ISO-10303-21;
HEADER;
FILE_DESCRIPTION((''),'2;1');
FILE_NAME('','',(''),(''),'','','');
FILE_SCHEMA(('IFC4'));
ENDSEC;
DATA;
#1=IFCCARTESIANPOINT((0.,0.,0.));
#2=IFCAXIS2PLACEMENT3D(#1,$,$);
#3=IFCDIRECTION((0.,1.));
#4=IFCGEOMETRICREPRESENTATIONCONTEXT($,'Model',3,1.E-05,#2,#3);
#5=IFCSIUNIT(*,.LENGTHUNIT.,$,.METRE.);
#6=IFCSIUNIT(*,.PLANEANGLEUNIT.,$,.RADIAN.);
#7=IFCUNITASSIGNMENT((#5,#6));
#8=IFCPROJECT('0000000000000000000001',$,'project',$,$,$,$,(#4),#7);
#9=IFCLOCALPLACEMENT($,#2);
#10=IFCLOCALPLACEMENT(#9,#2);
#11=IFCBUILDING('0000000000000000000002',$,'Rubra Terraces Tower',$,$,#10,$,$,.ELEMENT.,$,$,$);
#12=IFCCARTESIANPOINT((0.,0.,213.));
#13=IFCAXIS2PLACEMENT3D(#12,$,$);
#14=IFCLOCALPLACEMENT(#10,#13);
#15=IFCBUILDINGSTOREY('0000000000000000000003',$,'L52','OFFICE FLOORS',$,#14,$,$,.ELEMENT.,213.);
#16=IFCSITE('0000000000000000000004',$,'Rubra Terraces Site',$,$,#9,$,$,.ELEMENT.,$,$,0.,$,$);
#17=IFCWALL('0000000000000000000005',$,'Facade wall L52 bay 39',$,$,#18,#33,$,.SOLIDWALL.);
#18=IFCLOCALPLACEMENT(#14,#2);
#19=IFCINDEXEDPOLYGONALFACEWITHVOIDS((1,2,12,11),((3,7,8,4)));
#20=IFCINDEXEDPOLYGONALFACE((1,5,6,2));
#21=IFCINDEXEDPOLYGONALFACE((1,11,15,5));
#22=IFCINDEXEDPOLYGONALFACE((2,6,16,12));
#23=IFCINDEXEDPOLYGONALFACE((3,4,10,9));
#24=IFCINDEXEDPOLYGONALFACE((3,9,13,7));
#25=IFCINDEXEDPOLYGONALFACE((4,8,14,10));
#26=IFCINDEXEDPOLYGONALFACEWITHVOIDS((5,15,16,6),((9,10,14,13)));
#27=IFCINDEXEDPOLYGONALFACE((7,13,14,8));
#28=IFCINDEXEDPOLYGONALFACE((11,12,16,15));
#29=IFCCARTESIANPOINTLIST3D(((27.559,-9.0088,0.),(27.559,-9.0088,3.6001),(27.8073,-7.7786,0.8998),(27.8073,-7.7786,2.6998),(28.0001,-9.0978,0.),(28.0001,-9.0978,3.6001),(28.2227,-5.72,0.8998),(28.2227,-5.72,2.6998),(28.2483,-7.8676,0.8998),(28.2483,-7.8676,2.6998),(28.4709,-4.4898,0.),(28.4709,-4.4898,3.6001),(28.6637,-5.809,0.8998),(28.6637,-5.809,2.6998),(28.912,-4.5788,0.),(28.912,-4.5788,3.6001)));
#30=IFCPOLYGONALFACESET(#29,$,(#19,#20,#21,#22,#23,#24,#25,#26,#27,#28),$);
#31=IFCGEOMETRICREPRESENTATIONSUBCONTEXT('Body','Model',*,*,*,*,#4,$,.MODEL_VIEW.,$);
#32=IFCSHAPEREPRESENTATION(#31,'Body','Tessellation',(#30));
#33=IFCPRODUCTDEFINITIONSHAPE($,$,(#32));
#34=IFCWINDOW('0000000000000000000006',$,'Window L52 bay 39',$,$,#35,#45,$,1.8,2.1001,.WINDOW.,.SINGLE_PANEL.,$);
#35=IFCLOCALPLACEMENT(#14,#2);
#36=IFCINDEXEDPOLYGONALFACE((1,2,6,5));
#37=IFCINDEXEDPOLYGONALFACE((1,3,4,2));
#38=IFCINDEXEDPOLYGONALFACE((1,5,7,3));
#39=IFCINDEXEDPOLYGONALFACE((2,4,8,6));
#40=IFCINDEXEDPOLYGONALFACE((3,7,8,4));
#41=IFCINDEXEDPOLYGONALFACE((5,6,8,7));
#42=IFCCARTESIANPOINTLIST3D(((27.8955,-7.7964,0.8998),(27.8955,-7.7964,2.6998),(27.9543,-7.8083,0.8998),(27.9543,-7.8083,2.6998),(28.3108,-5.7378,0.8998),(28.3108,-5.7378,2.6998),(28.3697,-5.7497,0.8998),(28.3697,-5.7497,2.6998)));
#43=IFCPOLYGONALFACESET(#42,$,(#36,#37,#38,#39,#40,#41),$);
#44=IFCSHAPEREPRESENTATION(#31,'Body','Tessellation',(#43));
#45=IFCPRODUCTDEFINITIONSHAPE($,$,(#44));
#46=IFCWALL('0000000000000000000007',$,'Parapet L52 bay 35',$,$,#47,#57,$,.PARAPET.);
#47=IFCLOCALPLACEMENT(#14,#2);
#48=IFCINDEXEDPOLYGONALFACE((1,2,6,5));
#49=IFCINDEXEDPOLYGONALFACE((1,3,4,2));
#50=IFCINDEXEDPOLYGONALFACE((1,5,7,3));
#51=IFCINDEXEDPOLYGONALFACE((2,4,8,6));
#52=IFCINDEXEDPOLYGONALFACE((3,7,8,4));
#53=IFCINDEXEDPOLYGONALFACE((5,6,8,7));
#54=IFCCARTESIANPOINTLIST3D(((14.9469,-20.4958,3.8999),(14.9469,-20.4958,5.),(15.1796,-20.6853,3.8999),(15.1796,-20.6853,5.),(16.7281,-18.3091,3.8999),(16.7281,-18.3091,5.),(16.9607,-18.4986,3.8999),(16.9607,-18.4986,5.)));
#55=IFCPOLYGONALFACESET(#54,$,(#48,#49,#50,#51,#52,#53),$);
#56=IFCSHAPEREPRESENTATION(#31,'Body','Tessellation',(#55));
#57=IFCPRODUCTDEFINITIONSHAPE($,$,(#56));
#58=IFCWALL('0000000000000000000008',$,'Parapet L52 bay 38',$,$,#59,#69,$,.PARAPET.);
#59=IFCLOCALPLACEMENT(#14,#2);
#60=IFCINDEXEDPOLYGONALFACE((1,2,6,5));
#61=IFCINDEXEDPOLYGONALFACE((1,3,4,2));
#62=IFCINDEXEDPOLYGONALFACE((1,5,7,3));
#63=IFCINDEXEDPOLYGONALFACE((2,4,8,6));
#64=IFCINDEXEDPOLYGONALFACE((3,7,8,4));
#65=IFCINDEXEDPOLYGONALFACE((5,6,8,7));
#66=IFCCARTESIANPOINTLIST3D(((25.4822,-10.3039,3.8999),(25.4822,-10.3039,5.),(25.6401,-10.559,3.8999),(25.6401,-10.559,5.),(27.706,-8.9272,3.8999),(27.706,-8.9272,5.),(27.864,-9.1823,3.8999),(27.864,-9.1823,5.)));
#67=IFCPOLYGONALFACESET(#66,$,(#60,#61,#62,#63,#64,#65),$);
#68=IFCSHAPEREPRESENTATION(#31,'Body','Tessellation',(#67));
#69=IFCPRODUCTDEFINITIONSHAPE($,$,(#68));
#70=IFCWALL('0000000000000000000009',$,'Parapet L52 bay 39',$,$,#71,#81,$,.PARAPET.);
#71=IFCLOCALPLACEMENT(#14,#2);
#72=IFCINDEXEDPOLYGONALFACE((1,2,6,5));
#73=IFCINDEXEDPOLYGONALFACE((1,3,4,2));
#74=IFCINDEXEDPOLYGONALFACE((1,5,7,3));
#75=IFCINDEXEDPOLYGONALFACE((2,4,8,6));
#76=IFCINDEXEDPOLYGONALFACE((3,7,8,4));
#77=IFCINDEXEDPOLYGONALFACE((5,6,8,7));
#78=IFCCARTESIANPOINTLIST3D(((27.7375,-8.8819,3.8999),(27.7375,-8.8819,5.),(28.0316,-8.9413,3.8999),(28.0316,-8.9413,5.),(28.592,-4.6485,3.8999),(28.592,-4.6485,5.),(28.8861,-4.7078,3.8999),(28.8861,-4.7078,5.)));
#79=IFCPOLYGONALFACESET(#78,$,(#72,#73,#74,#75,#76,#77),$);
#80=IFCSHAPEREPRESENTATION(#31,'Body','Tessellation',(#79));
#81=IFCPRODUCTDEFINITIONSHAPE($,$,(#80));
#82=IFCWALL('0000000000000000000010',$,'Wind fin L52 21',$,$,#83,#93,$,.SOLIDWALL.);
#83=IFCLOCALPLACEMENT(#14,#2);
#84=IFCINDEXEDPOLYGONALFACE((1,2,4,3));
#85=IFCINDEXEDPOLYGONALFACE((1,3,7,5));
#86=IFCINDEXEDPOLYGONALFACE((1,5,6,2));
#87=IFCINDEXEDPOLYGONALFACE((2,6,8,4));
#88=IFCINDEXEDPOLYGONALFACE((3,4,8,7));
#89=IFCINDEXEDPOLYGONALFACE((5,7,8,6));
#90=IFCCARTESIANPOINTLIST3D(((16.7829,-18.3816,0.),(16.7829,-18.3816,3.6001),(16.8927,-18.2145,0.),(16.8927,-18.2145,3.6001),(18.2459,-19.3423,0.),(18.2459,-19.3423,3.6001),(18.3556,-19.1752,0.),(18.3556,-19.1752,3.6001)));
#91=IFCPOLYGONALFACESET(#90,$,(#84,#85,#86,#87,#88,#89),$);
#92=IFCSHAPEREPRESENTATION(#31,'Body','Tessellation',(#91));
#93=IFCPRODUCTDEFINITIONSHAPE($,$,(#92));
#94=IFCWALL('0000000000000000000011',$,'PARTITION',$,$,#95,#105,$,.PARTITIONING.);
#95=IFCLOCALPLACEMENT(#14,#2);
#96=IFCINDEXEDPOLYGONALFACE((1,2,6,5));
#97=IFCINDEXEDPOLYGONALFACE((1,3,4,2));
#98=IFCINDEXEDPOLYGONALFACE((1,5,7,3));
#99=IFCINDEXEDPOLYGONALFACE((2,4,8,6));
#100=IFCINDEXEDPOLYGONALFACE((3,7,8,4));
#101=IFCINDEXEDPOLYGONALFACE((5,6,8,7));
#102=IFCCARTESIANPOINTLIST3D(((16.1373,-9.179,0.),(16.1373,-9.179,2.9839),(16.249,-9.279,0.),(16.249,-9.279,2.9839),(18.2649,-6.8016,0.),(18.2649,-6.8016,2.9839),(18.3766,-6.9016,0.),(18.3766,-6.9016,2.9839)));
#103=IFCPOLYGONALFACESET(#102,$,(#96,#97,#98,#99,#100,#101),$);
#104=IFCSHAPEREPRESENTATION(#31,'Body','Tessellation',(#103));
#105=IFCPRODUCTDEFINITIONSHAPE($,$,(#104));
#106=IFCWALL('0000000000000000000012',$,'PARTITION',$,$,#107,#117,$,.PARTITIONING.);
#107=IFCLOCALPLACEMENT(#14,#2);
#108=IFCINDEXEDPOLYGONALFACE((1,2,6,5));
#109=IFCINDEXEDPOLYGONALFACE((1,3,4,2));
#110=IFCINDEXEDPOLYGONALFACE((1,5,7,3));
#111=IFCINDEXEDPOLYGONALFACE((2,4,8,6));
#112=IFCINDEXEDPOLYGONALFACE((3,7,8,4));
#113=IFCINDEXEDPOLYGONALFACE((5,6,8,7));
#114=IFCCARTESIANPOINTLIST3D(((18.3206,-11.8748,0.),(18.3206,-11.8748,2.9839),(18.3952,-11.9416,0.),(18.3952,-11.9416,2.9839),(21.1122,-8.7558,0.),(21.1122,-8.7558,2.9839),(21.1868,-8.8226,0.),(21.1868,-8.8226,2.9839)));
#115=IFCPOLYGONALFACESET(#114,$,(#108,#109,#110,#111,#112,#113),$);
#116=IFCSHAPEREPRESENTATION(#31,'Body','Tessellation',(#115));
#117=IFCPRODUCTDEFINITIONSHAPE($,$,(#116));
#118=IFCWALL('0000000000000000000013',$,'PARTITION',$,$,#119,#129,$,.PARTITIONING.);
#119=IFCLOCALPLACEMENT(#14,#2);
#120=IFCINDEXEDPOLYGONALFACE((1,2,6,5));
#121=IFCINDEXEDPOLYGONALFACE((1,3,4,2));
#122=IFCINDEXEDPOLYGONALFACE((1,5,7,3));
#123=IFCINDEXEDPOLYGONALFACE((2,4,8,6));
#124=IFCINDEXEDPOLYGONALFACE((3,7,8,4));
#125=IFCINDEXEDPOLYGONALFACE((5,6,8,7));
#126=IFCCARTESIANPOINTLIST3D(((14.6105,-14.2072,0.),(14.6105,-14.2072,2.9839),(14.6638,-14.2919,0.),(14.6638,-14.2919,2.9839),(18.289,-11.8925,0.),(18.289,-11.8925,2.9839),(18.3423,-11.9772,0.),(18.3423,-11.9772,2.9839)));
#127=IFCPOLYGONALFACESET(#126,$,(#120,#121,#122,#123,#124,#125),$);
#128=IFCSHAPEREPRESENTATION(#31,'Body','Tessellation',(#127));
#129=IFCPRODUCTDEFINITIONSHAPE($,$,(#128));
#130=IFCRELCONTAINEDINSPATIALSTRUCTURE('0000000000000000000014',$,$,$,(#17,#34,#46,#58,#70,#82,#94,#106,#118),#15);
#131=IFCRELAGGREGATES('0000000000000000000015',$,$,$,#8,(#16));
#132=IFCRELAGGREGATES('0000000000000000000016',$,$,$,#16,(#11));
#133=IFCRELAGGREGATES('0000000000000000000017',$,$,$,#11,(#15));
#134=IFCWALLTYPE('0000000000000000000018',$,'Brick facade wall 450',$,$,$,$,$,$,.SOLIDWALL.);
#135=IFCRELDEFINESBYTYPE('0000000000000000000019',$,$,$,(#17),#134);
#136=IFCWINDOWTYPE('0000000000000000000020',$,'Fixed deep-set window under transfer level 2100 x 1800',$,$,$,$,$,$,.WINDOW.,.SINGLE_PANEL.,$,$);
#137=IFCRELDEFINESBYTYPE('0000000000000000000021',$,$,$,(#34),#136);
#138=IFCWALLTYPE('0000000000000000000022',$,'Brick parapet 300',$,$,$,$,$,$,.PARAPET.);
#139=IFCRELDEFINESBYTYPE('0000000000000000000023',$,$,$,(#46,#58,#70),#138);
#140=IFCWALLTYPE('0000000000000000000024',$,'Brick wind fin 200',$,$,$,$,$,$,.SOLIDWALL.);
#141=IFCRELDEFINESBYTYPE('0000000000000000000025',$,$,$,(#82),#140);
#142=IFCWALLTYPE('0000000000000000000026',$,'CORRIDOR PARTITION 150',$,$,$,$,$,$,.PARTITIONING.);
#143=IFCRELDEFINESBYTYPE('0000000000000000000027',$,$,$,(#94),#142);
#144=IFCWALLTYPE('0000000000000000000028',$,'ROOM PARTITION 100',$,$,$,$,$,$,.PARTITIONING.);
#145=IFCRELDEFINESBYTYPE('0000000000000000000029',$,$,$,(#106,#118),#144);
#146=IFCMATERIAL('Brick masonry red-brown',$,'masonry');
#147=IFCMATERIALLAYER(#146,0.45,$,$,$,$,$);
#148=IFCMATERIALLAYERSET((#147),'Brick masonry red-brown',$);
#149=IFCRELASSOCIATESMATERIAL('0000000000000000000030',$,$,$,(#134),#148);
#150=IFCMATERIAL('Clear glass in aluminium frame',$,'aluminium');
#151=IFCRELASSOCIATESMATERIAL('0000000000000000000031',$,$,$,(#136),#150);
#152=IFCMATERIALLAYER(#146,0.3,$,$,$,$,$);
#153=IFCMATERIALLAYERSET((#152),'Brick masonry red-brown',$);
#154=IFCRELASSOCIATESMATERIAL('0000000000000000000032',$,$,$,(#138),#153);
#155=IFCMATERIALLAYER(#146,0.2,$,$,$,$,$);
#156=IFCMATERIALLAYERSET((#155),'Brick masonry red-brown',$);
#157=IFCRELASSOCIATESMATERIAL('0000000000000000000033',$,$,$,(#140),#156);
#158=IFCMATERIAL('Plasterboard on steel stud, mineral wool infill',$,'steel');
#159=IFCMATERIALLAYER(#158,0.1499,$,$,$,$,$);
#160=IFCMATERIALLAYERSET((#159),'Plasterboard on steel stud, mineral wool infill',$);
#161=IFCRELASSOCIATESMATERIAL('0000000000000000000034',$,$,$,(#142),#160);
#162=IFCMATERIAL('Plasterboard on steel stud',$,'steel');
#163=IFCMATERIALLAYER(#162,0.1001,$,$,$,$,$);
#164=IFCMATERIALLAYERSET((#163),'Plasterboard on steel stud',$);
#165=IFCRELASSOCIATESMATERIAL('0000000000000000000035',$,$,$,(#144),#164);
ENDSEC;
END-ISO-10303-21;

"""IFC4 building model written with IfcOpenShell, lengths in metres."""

from ifc_helpers import new_model, si_unit, direction, frame, frame_2d, origin, place, context, subcontext, project, spatial, rectangle, extrude, material, layer, layer_set, type_object, element, fill, save


model = new_model("IFC4")

# Units and contexts
model_context = context("Model", 3, precision=1e-05, world=origin(), true_north=direction((0.0, 1.0)))
body_context = subcontext(model_context, "Body", "Model", "MODEL_VIEW")
ifc_project = project(units=[si_unit("LENGTHUNIT", "METRE"), si_unit("PLANEANGLEUNIT", "RADIAN")], contexts=[model_context])

# Site, building, storey
site_placement = place(None, origin())
site = spatial("IfcSite", under=ifc_project, at=site_placement, Name="Rubra Terraces Site", CompositionType="ELEMENT", RefElevation=0.0)
building_placement = place(site_placement, origin())
building = spatial("IfcBuilding", under=site, at=building_placement, Name="Rubra Terraces Tower", CompositionType="ELEMENT")
storey_placement = place(building_placement, frame((0.0, 0.0, 213.0)))
storey = spatial("IfcBuildingStorey", under=building, at=storey_placement, Name="L52", Description="OFFICE FLOORS", CompositionType="ELEMENT", Elevation=213.0)

# Wall, opening, window
ifc_material_1 = material(Name="Brick masonry red-brown", Category="masonry")
ifc_layer_1 = layer(ifc_material_1, 0.45)
ifc_layer_set_1 = layer_set([ifc_layer_1], Name="Brick masonry red-brown")
wall_type_1 = type_object("IfcWallType", Name="Brick facade wall 450", PredefinedType="SOLIDWALL", material=ifc_layer_set_1)
ifc_material_2 = material(Name="Clear glass in aluminium frame", Category="aluminium")
window_type = type_object("IfcWindowType", Name="Fixed deep-set window under transfer level 2100 x 1800", PartitioningType="SINGLE_PANEL", PredefinedType="WINDOW", material=ifc_material_2)
wall_1_placement = place(storey_placement, frame((27.7795, -9.0535, 0.0), z_axis=(0.0, 0.0, 1.0), x_axis=(0.197796, 0.980243, 0.0)))
wall_1 = element("IfcWall", 1, at=wall_1_placement, inside=storey, type_object=wall_type_1, Name="Facade wall L52 bay 39", PredefinedType="SOLIDWALL", context=body_context, shape_type="SweptSolid", body=[
    extrude(rectangle(XDim=4.6101, YDim=0.45, at=frame_2d((2.3052, 0.0))), origin(), (0.0, 0.0, 1.0), 3.6001),
])
opening_1_placement = place(wall_1_placement, frame((1.2551, 0.0, 0.8999)))
opening_1 = element("IfcOpeningElement", 2, at=opening_1_placement, cuts=wall_1, PredefinedType="OPENING", context=body_context, shape_type="SweptSolid", body=[
    extrude(rectangle(XDim=2.1001, YDim=1.8, at=frame_2d((1.05, 0.8999))), frame((0.0, 0.2349, 0.0), z_axis=(0.0, -1.0, 0.0), x_axis=(1.0, 0.0, 0.0)), (0.0, 0.0, 1.0), 0.47),
])
window_1_placement = place(opening_1_placement, origin())
window_1 = element("IfcWindow", 3, at=window_1_placement, inside=storey, type_object=window_type, Name="Window L52 bay 39", OverallHeight=1.8, OverallWidth=2.1001, PartitioningType="SINGLE_PANEL", PredefinedType="WINDOW", context=body_context, shape_type="SweptSolid", body=[
    extrude(rectangle(XDim=2.1001, YDim=1.8, at=frame_2d((1.05, 0.8999))), frame((0.0, 0.135, 0.0), z_axis=(0.0, -1.0, 0.0), x_axis=(1.0, 0.0, 0.0)), (0.0, 0.0, 1.0), 0.0601),
])
fill(opening_1, window_1)

# Walls
ifc_layer_2 = layer(ifc_material_1, 0.3)
ifc_layer_set_2 = layer_set([ifc_layer_2], Name="Brick masonry red-brown")
wall_type_2 = type_object("IfcWallType", Name="Brick parapet 300", PredefinedType="PARAPET", material=ifc_layer_set_2)
wall_2_placement = place(storey_placement, frame((15.0632, -20.5906, 3.8999), z_axis=(0.0, 0.0, 1.0), x_axis=(0.631553, 0.775332, 0.0)))
element("IfcWall", 4, at=wall_2_placement, inside=storey, type_object=wall_type_2, Name="Parapet L52 bay 35", PredefinedType="PARAPET", context=body_context, shape_type="SweptSolid", body=[
    extrude(rectangle(XDim=2.8203, YDim=0.3, at=frame_2d((1.4102, 0.0))), origin(), (0.0, 0.0, 1.0), 1.1001),
])
wall_3_placement = place(storey_placement, frame((25.5613, -10.4314, 3.8999), z_axis=(0.0, 0.0, 1.0), x_axis=(0.850261, 0.526361, 0.0)))
element("IfcWall", 5, at=wall_3_placement, inside=storey, type_object=wall_type_2, Name="Parapet L52 bay 38", PredefinedType="PARAPET", context=body_context, shape_type="SweptSolid", body=[
    extrude(rectangle(XDim=2.6155, YDim=0.3, at=frame_2d((1.3076, 0.0))), origin(), (0.0, 0.0, 1.0), 1.1001),
])
wall_4_placement = place(storey_placement, frame((27.8845, -8.9116, 3.8999), z_axis=(0.0, 0.0, 1.0), x_axis=(0.197855, 0.980231, 0.0)))
element("IfcWall", 6, at=wall_4_placement, inside=storey, type_object=wall_type_2, Name="Parapet L52 bay 39", PredefinedType="PARAPET", context=body_context, shape_type="SweptSolid", body=[
    extrude(rectangle(XDim=4.3188, YDim=0.3, at=frame_2d((2.1594, 0.0))), origin(), (0.0, 0.0, 1.0), 1.1001),
])
ifc_layer_3 = layer(ifc_material_1, 0.2)
ifc_layer_set_3 = layer_set([ifc_layer_3], Name="Brick masonry red-brown")
wall_type_3 = type_object("IfcWallType", Name="Brick wind fin 200", PredefinedType="SOLIDWALL", material=ifc_layer_set_3)
wall_5_placement = place(storey_placement, frame((16.8379, -18.2981, 0.0), z_axis=(0.0, 0.0, 1.0), x_axis=(0.835872, -0.548925, 0.0)))
element("IfcWall", 7, at=wall_5_placement, inside=storey, type_object=wall_type_3, Name="Wind fin L52 21", PredefinedType="SOLIDWALL", context=body_context, shape_type="SweptSolid", body=[
    extrude(rectangle(XDim=1.7502, YDim=0.2, at=frame_2d((0.875, 0.0))), origin(), (0.0, 0.0, 1.0), 3.6001),
])
ifc_material_3 = material(Name="Plasterboard on steel stud, mineral wool infill", Category="steel")
ifc_layer_4 = layer(ifc_material_3, 0.1499)
ifc_layer_set_4 = layer_set([ifc_layer_4], Name="Plasterboard on steel stud, mineral wool infill")
wall_type_4 = type_object("IfcWallType", Name="CORRIDOR PARTITION 150", PredefinedType="PARTITIONING", material=ifc_layer_set_4)
wall_6_placement = place(storey_placement, frame((16.1931, -9.229, 0.0), z_axis=(0.0, 0.0, 1.0), x_axis=(0.666882, 0.745163, 0.0)))
element("IfcWall", 8, at=wall_6_placement, inside=storey, type_object=wall_type_4, Name="PARTITION", PredefinedType="PARTITIONING", context=body_context, shape_type="SweptSolid", body=[
    extrude(rectangle(XDim=3.1904, YDim=0.1499, at=frame_2d((1.5952, 0.0))), origin(), (0.0, 0.0, 1.0), 2.9839),
])
ifc_material_4 = material(Name="Plasterboard on steel stud", Category="steel")
ifc_layer_5 = layer(ifc_material_4, 0.1001)
ifc_layer_set_5 = layer_set([ifc_layer_5], Name="Plasterboard on steel stud")
wall_type_5 = type_object("IfcWallType", Name="ROOM PARTITION 100", PredefinedType="PARTITIONING", material=ifc_layer_set_5)
wall_7_placement = place(storey_placement, frame((21.1494, -8.7893, 0.0), z_axis=(0.0, 0.0, 1.0), x_axis=(-0.666916, -0.745133, 0.0)))
element("IfcWall", 9, at=wall_7_placement, inside=storey, type_object=wall_type_5, Name="PARTITION", PredefinedType="PARTITIONING", context=body_context, shape_type="SweptSolid", body=[
    extrude(rectangle(XDim=4.1858, YDim=0.1001, at=frame_2d((2.0928, 0.0))), origin(), (0.0, 0.0, 1.0), 2.9839),
])
wall_8_placement = place(storey_placement, frame((18.3157, -11.9348, 0.0), z_axis=(0.0, 0.0, 1.0), x_axis=(-0.846375, -0.532587, 0.0)))
element("IfcWall", 10, at=wall_8_placement, inside=storey, type_object=wall_type_5, Name="PARTITION", PredefinedType="PARTITIONING", context=body_context, shape_type="SweptSolid", body=[
    extrude(rectangle(XDim=4.3462, YDim=0.1001, at=frame_2d((2.1731, 0.0))), origin(), (0.0, 0.0, 1.0), 2.9839),
])

save(model, "model.ifc")
